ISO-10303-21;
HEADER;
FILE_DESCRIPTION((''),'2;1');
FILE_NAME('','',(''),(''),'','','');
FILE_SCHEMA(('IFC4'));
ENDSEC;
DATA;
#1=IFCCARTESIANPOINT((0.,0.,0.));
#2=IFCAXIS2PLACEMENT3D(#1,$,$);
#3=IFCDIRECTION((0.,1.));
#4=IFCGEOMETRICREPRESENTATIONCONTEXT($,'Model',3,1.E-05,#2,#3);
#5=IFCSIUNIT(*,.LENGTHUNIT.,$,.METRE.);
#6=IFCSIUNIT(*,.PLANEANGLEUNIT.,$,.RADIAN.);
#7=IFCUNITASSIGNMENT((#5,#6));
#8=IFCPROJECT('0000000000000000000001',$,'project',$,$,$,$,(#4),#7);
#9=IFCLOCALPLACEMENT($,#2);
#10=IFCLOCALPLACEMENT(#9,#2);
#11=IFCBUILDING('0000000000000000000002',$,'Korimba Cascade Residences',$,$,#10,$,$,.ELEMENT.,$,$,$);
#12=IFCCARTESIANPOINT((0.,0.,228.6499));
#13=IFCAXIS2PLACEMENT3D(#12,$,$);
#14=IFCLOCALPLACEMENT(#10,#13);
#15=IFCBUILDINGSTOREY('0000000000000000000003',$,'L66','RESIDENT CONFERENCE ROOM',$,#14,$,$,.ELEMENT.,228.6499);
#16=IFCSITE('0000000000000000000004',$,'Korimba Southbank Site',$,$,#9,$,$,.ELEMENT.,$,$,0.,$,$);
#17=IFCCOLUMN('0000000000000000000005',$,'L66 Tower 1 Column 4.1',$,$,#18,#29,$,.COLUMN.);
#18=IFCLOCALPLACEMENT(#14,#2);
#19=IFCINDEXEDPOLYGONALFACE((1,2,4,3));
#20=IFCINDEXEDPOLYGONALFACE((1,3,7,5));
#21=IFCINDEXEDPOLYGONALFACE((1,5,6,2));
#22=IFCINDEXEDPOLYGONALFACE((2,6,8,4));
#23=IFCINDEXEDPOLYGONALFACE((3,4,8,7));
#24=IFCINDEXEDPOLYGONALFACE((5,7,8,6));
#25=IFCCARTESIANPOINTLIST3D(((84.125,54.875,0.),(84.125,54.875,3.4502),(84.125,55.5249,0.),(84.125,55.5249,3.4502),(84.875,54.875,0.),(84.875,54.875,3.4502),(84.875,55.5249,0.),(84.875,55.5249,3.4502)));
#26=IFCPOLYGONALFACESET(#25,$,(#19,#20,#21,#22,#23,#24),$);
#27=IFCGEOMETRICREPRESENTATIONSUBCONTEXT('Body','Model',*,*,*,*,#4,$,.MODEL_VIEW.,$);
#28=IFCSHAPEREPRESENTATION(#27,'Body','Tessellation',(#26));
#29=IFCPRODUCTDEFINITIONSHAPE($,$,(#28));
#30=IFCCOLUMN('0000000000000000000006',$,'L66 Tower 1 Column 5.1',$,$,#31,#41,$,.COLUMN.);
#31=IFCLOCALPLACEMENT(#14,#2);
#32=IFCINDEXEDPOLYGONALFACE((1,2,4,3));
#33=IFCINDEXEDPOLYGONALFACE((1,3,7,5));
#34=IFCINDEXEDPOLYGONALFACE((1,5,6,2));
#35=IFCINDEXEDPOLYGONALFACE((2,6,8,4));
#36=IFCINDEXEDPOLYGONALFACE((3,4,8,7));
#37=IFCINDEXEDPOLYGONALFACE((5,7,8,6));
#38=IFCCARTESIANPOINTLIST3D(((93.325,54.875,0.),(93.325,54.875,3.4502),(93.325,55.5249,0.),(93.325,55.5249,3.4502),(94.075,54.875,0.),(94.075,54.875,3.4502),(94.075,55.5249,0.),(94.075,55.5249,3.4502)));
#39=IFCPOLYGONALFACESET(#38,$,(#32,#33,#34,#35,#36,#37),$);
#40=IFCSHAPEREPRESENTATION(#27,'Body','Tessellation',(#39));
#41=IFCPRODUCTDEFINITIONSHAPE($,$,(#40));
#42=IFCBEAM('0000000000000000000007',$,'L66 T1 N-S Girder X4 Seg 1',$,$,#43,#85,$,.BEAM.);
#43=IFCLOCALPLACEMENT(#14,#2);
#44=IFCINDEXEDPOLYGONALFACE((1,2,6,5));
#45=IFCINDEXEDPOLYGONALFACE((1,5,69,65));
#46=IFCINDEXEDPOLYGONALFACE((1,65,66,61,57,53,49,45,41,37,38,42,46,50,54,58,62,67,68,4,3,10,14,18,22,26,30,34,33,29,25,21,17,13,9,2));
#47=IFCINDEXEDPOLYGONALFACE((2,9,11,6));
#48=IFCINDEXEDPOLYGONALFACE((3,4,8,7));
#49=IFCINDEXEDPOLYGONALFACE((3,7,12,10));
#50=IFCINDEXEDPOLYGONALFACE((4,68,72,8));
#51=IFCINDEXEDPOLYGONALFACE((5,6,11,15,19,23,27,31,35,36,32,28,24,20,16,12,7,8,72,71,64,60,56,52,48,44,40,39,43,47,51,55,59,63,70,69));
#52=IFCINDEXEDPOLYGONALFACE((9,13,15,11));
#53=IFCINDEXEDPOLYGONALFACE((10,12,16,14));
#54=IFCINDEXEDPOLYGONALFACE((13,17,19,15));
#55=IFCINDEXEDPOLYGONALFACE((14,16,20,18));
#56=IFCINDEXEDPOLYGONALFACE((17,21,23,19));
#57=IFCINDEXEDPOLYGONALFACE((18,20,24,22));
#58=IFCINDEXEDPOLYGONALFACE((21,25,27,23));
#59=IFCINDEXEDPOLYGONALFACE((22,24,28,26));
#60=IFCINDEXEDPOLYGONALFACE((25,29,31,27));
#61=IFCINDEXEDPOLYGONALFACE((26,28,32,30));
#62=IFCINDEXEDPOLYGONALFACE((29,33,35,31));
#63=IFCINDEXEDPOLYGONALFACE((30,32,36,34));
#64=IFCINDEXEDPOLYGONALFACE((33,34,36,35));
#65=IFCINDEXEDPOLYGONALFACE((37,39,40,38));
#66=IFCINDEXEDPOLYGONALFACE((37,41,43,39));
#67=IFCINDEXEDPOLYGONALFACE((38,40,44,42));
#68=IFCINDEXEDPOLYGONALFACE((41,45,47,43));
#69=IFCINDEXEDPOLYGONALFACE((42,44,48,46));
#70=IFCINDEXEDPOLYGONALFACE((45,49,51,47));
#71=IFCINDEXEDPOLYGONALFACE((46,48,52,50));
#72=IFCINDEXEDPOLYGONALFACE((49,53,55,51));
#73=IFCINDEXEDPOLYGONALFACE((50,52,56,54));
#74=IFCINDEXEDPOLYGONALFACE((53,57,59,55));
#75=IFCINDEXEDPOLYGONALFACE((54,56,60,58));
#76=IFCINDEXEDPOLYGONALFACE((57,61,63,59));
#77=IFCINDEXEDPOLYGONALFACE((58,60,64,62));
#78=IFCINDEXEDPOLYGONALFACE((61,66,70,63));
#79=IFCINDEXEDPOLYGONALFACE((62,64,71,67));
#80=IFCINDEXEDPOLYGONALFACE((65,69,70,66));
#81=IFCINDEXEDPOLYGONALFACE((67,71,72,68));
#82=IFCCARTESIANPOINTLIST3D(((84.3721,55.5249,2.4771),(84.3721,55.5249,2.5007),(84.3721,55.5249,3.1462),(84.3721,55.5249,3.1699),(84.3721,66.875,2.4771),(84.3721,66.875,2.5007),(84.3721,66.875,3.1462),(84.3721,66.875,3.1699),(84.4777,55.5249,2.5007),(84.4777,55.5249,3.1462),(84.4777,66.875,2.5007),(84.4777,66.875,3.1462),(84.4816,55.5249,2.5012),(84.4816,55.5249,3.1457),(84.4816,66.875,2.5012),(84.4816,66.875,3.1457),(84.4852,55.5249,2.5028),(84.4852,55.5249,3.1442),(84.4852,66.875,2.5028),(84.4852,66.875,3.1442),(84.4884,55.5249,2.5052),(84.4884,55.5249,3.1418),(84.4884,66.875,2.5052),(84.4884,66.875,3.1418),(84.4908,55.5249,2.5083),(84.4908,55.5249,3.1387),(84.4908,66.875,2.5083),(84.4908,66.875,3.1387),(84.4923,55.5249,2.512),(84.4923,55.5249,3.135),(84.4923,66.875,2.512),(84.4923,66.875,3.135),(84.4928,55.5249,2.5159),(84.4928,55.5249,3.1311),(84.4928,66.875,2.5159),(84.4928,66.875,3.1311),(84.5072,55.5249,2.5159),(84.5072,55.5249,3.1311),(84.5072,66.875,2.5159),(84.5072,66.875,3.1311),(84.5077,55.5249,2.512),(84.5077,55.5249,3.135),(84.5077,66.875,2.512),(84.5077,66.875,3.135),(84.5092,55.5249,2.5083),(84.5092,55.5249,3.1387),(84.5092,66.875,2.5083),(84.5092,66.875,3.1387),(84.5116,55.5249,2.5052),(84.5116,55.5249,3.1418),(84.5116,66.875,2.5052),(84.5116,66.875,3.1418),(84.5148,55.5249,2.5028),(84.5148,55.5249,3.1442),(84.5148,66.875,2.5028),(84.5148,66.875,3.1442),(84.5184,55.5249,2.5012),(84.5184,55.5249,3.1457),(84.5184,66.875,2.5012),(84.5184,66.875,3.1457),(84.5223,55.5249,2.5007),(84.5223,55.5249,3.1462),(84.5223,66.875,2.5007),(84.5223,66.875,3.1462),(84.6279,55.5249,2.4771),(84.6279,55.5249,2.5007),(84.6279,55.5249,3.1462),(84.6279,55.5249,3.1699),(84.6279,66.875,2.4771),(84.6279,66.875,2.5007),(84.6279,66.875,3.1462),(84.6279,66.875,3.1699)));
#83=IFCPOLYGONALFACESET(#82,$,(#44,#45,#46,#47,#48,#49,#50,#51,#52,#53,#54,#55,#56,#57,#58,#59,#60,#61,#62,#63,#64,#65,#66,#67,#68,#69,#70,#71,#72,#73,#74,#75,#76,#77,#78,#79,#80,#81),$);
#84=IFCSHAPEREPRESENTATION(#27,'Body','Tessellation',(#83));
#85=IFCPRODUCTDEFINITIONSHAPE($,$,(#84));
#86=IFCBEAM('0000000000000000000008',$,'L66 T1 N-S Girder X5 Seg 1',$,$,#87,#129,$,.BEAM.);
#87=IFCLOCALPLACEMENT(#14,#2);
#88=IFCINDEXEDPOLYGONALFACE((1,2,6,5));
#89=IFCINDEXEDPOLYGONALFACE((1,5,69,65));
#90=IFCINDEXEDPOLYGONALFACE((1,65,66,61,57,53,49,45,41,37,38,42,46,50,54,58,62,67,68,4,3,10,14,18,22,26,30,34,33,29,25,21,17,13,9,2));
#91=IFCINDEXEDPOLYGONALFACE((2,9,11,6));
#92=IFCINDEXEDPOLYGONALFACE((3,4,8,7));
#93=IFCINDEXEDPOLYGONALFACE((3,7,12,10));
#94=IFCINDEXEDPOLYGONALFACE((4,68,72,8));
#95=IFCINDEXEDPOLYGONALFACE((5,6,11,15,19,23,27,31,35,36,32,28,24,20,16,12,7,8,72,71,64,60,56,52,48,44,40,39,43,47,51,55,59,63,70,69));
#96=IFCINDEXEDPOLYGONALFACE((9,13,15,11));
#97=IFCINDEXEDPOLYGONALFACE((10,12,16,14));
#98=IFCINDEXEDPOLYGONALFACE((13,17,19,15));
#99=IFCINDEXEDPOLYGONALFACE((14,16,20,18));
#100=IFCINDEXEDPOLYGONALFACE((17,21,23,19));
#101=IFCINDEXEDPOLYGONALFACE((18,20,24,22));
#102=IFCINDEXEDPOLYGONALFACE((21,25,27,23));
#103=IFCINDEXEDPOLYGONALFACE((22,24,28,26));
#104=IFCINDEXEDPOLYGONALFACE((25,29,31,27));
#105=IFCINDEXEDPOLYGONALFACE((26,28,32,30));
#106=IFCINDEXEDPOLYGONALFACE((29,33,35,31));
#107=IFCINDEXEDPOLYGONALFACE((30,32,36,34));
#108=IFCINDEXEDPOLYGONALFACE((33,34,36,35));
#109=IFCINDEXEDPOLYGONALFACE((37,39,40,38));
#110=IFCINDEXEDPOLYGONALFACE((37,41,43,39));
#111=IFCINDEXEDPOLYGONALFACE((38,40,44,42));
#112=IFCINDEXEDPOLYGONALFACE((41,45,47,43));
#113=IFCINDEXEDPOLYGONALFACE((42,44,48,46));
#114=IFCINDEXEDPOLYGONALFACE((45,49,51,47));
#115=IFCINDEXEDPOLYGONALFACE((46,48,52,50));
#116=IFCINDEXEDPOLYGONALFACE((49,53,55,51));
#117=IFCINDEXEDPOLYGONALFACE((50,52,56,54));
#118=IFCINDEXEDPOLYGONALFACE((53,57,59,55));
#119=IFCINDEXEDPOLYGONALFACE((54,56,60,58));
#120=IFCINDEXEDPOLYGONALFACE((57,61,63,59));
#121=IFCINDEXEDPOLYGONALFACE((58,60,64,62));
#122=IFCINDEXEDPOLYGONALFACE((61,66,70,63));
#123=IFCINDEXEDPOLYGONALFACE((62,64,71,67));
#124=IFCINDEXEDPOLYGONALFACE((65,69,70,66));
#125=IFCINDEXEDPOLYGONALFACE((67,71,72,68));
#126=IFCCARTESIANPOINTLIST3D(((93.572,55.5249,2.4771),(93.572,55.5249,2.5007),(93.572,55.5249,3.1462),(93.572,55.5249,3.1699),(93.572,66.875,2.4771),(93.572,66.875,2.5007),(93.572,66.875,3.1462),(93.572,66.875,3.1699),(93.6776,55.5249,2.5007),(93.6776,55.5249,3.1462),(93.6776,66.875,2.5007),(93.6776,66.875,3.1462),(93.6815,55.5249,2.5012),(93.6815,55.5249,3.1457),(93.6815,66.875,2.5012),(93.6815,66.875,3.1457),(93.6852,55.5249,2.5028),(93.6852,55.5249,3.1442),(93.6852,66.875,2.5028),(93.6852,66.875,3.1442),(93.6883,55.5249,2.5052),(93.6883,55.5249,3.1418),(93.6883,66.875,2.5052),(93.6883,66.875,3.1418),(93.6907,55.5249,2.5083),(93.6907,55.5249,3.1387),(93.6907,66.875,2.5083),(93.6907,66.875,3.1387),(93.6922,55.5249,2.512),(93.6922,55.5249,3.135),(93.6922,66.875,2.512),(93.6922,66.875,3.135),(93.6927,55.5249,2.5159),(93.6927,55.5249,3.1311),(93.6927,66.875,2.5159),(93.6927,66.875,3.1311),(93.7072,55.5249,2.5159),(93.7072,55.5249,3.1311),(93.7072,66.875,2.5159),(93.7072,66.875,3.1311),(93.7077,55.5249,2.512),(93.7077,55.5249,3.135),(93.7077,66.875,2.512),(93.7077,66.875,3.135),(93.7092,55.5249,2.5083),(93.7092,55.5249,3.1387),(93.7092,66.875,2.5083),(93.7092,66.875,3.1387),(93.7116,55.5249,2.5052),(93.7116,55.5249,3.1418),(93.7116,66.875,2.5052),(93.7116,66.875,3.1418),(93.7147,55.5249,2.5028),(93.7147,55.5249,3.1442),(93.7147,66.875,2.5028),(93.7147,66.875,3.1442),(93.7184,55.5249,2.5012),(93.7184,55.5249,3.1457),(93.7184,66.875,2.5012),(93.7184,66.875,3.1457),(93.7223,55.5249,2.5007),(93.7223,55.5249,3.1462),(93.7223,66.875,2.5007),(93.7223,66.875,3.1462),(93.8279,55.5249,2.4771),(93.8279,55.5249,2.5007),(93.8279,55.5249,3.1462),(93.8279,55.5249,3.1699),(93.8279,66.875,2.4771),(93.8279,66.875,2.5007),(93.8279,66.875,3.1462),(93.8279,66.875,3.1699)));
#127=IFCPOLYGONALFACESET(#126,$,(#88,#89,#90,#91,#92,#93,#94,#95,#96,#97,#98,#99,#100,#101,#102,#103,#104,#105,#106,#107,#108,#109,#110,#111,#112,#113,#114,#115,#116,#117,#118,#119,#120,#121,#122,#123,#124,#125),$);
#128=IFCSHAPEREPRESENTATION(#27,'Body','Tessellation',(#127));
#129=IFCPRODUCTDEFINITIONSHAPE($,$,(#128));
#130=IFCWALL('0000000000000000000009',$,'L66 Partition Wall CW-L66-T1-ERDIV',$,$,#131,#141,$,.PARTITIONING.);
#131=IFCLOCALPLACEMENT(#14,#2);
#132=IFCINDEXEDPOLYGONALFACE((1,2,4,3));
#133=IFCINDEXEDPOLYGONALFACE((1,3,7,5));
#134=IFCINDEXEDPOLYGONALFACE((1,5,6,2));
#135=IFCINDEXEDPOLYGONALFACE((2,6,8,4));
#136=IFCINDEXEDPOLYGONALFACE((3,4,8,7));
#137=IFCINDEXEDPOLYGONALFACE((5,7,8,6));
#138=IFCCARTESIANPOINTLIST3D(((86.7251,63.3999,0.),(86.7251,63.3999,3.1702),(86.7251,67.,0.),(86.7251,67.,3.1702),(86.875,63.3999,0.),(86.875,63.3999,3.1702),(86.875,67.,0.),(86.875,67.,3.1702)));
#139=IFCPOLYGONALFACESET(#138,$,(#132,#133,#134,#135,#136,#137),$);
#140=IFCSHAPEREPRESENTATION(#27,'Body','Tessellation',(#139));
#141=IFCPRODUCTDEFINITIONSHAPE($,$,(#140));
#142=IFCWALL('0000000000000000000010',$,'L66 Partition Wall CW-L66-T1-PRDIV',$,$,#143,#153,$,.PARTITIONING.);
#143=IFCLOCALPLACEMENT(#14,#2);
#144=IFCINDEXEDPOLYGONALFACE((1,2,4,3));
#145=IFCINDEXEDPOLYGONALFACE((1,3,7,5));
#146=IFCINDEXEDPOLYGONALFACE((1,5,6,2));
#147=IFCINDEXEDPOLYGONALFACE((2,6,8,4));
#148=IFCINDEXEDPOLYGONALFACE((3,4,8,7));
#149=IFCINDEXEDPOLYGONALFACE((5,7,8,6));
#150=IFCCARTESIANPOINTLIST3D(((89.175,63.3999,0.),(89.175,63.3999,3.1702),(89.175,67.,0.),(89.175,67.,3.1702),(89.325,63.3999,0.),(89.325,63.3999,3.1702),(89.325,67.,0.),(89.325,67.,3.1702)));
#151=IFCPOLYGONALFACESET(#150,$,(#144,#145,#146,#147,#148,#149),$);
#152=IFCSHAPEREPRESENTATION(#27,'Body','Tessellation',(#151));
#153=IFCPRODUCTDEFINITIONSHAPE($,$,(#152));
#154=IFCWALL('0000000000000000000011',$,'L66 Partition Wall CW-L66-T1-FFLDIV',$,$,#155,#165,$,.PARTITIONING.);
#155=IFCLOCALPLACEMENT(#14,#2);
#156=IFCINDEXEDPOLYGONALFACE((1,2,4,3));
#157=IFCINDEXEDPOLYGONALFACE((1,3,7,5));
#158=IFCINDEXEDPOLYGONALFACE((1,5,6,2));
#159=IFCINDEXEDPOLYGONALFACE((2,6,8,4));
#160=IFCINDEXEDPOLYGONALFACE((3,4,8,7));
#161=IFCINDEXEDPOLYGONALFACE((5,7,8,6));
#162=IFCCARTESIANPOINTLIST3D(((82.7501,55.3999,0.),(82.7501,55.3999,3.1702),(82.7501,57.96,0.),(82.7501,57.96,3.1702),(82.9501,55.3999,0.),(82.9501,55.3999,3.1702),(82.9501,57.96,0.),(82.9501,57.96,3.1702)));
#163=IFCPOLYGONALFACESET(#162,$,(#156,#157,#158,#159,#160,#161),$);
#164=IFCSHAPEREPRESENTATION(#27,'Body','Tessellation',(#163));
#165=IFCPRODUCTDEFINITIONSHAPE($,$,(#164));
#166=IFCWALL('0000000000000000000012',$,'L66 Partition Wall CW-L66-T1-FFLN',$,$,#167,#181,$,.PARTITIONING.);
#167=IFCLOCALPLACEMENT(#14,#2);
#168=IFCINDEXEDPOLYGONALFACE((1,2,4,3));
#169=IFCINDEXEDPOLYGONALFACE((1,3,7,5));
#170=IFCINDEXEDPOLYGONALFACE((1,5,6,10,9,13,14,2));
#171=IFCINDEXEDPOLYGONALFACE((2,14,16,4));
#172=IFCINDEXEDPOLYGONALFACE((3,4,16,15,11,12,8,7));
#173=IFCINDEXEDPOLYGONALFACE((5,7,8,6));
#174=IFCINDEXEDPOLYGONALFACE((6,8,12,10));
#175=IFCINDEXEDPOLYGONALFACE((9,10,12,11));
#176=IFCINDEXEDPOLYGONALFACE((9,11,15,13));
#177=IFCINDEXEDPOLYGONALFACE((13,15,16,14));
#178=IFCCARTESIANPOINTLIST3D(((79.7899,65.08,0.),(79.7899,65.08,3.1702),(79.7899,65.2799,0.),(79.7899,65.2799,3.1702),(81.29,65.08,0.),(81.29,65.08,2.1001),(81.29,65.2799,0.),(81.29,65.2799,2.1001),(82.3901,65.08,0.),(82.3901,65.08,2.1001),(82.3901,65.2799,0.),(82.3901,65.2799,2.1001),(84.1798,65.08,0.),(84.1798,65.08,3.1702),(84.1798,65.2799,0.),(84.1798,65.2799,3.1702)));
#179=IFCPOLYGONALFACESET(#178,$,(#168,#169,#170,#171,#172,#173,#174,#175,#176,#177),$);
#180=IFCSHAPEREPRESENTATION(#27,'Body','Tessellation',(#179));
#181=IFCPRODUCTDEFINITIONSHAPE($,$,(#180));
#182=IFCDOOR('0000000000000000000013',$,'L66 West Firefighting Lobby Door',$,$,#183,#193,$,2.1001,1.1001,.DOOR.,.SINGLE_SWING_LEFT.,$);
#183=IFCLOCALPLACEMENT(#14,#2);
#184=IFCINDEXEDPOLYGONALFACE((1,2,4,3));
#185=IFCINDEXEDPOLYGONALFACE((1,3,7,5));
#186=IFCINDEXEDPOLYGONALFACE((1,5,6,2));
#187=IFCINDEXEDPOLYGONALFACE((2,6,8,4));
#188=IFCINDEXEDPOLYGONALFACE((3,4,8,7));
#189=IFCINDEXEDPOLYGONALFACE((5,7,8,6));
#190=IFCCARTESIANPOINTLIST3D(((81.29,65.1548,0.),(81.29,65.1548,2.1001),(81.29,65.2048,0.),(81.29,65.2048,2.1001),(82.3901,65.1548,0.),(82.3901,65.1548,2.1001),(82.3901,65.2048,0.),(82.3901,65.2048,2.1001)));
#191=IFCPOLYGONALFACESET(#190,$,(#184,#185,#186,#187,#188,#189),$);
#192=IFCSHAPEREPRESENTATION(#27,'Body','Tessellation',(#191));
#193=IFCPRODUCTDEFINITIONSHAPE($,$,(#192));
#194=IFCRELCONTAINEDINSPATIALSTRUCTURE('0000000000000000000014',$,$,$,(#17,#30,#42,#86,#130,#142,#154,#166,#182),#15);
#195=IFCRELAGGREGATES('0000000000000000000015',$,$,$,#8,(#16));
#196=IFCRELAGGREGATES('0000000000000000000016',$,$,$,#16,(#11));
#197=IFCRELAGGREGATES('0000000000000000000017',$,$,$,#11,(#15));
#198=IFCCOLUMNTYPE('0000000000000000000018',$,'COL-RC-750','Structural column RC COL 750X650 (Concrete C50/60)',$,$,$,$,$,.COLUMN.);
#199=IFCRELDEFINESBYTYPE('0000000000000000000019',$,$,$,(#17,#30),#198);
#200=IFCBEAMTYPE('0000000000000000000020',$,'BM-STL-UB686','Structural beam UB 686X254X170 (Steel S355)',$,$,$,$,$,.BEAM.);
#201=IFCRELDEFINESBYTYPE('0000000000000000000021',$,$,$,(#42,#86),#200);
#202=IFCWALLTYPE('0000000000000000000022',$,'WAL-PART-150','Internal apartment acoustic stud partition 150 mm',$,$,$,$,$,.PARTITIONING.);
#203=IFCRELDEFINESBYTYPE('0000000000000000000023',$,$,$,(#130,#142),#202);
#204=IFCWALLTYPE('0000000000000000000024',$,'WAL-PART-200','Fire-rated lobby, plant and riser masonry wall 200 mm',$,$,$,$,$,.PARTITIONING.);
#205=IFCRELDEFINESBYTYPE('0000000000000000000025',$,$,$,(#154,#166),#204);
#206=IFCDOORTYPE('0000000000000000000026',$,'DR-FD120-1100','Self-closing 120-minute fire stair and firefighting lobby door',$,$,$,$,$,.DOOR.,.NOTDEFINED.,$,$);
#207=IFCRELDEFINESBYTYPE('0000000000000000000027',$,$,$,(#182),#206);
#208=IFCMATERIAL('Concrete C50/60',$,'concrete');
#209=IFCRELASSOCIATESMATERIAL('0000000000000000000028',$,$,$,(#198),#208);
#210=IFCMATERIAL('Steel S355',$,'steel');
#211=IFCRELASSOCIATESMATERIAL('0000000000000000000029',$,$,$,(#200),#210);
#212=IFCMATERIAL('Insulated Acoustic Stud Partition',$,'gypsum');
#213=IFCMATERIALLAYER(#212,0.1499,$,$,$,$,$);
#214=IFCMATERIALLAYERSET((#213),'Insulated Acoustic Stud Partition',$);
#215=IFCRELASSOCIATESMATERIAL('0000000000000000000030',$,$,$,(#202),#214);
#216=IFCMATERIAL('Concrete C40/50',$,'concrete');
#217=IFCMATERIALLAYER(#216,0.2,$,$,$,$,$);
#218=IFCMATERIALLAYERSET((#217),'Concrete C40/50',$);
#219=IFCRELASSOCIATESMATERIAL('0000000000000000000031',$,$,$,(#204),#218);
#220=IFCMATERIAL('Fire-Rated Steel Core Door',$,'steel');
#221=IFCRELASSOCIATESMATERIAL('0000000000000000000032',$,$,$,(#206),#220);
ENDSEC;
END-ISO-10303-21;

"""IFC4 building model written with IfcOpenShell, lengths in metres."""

from ifc_helpers import new_model, si_unit, direction, frame, frame_2d, origin, origin_2d, place, context, subcontext, project, spatial, rectangle, i_section, extrude, material, layer, layer_set, material_profile, profile_set, type_object, element, fill, save


model = new_model("IFC4")

# Units and contexts
model_context = context("Model", 3, precision=1e-05, world=origin(), true_north=direction((0.0, 1.0)))
body_context = subcontext(model_context, "Body", "Model", "MODEL_VIEW")
ifc_project = project(units=[si_unit("LENGTHUNIT", "METRE"), si_unit("PLANEANGLEUNIT", "RADIAN")], contexts=[model_context])

# Site, building, storey
site_placement = place(None, origin())
site = spatial("IfcSite", under=ifc_project, at=site_placement, Name="Korimba Southbank Site", CompositionType="ELEMENT", RefElevation=0.0)
building_placement = place(site_placement, origin())
building = spatial("IfcBuilding", under=site, at=building_placement, Name="Korimba Cascade Residences", CompositionType="ELEMENT")
storey_placement = place(building_placement, frame((0.0, 0.0, 228.6499)))
storey = spatial("IfcBuildingStorey", under=building, at=storey_placement, Name="L66", Description="RESIDENT CONFERENCE ROOM", CompositionType="ELEMENT", Elevation=228.6499)

# Columns
ifc_material_1 = material(Name="Concrete C50/60", Category="concrete")
ifc_material_profile_1 = material_profile(ifc_material_1, rectangle(XDim=0.75, YDim=0.6499, at=origin_2d()), Name="Concrete C50/60")
ifc_profile_set_1 = profile_set([ifc_material_profile_1], Name="Concrete C50/60")
column_type = type_object("IfcColumnType", Name="COL-RC-750", Description="Structural column RC COL 750X650 (Concrete C50/60)", PredefinedType="COLUMN", material=ifc_profile_set_1)
for number, where, z_axis, x_axis, name in (
    (1, (84.5, 55.2, 0.0), (0.0, 0.0, 1.0), (1.0, 0.0, 0.0), "L66 Tower 1 Column 4.1"),
    (2, (93.7, 55.2, 0.0), (0.0, 0.0, 1.0), (1.0, 0.0, 0.0), "L66 Tower 1 Column 5.1"),
):
    element("IfcColumn", number, at=place(storey_placement, frame(where, z_axis=z_axis, x_axis=x_axis)), inside=storey, type_object=column_type, Name=name, PredefinedType="COLUMN", context=body_context, shape_type="SweptSolid", body=[
        extrude(rectangle(XDim=0.75, YDim=0.6499, at=origin_2d()), origin(), (0.0, 0.0, 1.0), 3.4502),
    ])

# Beams
ifc_material_2 = material(Name="Steel S355", Category="steel")
ifc_material_profile_2 = material_profile(ifc_material_2, i_section(OverallWidth=0.2559, OverallDepth=0.6929, WebThickness=0.0144, FlangeThickness=0.0237, FilletRadius=0.0151, at=origin_2d()), Name="Steel S355")
ifc_profile_set_2 = profile_set([ifc_material_profile_2], Name="Steel S355")
beam_type = type_object("IfcBeamType", Name="BM-STL-UB686", Description="Structural beam UB 686X254X170 (Steel S355)", PredefinedType="BEAM", material=ifc_profile_set_2)
for number, where, z_axis, x_axis, name in (
    (3, (84.5, 55.5249, 2.8235), (0.0, 1.0, 0.0), (-1.0, 0.0, 0.0), "L66 T1 N-S Girder X4 Seg 1"),
    (4, (93.7, 55.5249, 2.8235), (0.0, 1.0, 0.0), (-1.0, 0.0, 0.0), "L66 T1 N-S Girder X5 Seg 1"),
):
    element("IfcBeam", number, at=place(storey_placement, frame(where, z_axis=z_axis, x_axis=x_axis)), inside=storey, type_object=beam_type, Name=name, PredefinedType="BEAM", context=body_context, shape_type="SweptSolid", body=[
        extrude(i_section(OverallWidth=0.2559, OverallDepth=0.6929, WebThickness=0.0144, FlangeThickness=0.0237, FilletRadius=0.0151, at=origin_2d()), origin(), (0.0, 0.0, 1.0), 11.3501),
    ])

# Walls
ifc_material_3 = material(Name="Insulated Acoustic Stud Partition", Category="gypsum")
ifc_layer_1 = layer(ifc_material_3, 0.1499)
ifc_layer_set_1 = layer_set([ifc_layer_1], Name="Insulated Acoustic Stud Partition")
wall_type_1 = type_object("IfcWallType", Name="WAL-PART-150", Description="Internal apartment acoustic stud partition 150 mm", PredefinedType="PARTITIONING", material=ifc_layer_set_1)
for number, where, z_axis, x_axis, name in (
    (5, (86.8, 63.3999, 0.0), (0.0, 0.0, 1.0), (0.0, 1.0, 0.0), "L66 Partition Wall CW-L66-T1-ERDIV"),
    (6, (89.25, 63.3999, 0.0), (0.0, 0.0, 1.0), (0.0, 1.0, 0.0), "L66 Partition Wall CW-L66-T1-PRDIV"),
):
    element("IfcWall", number, at=place(storey_placement, frame(where, z_axis=z_axis, x_axis=x_axis)), inside=storey, type_object=wall_type_1, Name=name, PredefinedType="PARTITIONING", context=body_context, shape_type="SweptSolid", body=[
        extrude(rectangle(XDim=3.6001, YDim=0.1499, at=frame_2d((1.8, 0.0))), origin(), (0.0, 0.0, 1.0), 3.1702),
    ])
ifc_material_4 = material(Name="Concrete C40/50", Category="concrete")
ifc_layer_2 = layer(ifc_material_4, 0.2)
ifc_layer_set_2 = layer_set([ifc_layer_2], Name="Concrete C40/50")
wall_type_2 = type_object("IfcWallType", Name="WAL-PART-200", Description="Fire-rated lobby, plant and riser masonry wall 200 mm", PredefinedType="PARTITIONING", material=ifc_layer_set_2)
wall_1_placement = place(storey_placement, frame((82.8501, 55.3999, 0.0), z_axis=(0.0, 0.0, 1.0), x_axis=(0.0, 1.0, 0.0)))
element("IfcWall", 7, at=wall_1_placement, inside=storey, type_object=wall_type_2, Name="L66 Partition Wall CW-L66-T1-FFLDIV", PredefinedType="PARTITIONING", context=body_context, shape_type="SweptSolid", body=[
    extrude(rectangle(XDim=2.5601, YDim=0.2, at=frame_2d((1.28, 0.0))), origin(), (0.0, 0.0, 1.0), 3.1702),
])

# Wall, opening, door
wall_2_placement = place(storey_placement, frame((79.79, 65.1799, 0.0), z_axis=(0.0, 0.0, 1.0), x_axis=(1.0, 0.0, 0.0)))
wall_2 = element("IfcWall", 8, at=wall_2_placement, inside=storey, type_object=wall_type_2, Name="L66 Partition Wall CW-L66-T1-FFLN", PredefinedType="PARTITIONING", context=body_context, shape_type="SweptSolid", body=[
    extrude(rectangle(XDim=4.3899, YDim=0.2, at=frame_2d((2.1948, 0.0))), origin(), (0.0, 0.0, 1.0), 3.1702),
])
opening_1_placement = place(wall_2_placement, frame((1.5, 0.0, 0.0)))
opening_1 = element("IfcOpeningElement", 9, at=opening_1_placement, cuts=wall_2, PredefinedType="OPENING", context=body_context, shape_type="SweptSolid", body=[
    extrude(rectangle(XDim=1.1001, YDim=2.1001, at=frame_2d((0.55, 1.05))), frame((0.0, 0.1099, 0.0), z_axis=(0.0, -1.0, 0.0), x_axis=(1.0, 0.0, 0.0)), (0.0, 0.0, 1.0), 0.22),
])
ifc_material_5 = material(Name="Fire-Rated Steel Core Door", Category="steel")
door_type_1 = type_object("IfcDoorType", Name="DR-FD120-1100", Description="Self-closing 120-minute fire stair and firefighting lobby door", OperationType="NOTDEFINED", PredefinedType="DOOR", material=ifc_material_5)
door_1_placement = place(opening_1_placement, origin())
door_1 = element("IfcDoor", 10, at=door_1_placement, inside=storey, type_object=door_type_1, Name="L66 West Firefighting Lobby Door", OperationType="SINGLE_SWING_LEFT", OverallHeight=2.1001, OverallWidth=1.1001, PredefinedType="DOOR", context=body_context, shape_type="SweptSolid", body=[
    extrude(rectangle(XDim=1.1001, YDim=2.1001, at=frame_2d((0.55, 1.05))), frame((0.0, 0.0249, 0.0), z_axis=(0.0, -1.0, 0.0), x_axis=(1.0, 0.0, 0.0)), (0.0, 0.0, 1.0), 0.05),
])
fill(opening_1, door_1)

save(model, "model.ifc")
